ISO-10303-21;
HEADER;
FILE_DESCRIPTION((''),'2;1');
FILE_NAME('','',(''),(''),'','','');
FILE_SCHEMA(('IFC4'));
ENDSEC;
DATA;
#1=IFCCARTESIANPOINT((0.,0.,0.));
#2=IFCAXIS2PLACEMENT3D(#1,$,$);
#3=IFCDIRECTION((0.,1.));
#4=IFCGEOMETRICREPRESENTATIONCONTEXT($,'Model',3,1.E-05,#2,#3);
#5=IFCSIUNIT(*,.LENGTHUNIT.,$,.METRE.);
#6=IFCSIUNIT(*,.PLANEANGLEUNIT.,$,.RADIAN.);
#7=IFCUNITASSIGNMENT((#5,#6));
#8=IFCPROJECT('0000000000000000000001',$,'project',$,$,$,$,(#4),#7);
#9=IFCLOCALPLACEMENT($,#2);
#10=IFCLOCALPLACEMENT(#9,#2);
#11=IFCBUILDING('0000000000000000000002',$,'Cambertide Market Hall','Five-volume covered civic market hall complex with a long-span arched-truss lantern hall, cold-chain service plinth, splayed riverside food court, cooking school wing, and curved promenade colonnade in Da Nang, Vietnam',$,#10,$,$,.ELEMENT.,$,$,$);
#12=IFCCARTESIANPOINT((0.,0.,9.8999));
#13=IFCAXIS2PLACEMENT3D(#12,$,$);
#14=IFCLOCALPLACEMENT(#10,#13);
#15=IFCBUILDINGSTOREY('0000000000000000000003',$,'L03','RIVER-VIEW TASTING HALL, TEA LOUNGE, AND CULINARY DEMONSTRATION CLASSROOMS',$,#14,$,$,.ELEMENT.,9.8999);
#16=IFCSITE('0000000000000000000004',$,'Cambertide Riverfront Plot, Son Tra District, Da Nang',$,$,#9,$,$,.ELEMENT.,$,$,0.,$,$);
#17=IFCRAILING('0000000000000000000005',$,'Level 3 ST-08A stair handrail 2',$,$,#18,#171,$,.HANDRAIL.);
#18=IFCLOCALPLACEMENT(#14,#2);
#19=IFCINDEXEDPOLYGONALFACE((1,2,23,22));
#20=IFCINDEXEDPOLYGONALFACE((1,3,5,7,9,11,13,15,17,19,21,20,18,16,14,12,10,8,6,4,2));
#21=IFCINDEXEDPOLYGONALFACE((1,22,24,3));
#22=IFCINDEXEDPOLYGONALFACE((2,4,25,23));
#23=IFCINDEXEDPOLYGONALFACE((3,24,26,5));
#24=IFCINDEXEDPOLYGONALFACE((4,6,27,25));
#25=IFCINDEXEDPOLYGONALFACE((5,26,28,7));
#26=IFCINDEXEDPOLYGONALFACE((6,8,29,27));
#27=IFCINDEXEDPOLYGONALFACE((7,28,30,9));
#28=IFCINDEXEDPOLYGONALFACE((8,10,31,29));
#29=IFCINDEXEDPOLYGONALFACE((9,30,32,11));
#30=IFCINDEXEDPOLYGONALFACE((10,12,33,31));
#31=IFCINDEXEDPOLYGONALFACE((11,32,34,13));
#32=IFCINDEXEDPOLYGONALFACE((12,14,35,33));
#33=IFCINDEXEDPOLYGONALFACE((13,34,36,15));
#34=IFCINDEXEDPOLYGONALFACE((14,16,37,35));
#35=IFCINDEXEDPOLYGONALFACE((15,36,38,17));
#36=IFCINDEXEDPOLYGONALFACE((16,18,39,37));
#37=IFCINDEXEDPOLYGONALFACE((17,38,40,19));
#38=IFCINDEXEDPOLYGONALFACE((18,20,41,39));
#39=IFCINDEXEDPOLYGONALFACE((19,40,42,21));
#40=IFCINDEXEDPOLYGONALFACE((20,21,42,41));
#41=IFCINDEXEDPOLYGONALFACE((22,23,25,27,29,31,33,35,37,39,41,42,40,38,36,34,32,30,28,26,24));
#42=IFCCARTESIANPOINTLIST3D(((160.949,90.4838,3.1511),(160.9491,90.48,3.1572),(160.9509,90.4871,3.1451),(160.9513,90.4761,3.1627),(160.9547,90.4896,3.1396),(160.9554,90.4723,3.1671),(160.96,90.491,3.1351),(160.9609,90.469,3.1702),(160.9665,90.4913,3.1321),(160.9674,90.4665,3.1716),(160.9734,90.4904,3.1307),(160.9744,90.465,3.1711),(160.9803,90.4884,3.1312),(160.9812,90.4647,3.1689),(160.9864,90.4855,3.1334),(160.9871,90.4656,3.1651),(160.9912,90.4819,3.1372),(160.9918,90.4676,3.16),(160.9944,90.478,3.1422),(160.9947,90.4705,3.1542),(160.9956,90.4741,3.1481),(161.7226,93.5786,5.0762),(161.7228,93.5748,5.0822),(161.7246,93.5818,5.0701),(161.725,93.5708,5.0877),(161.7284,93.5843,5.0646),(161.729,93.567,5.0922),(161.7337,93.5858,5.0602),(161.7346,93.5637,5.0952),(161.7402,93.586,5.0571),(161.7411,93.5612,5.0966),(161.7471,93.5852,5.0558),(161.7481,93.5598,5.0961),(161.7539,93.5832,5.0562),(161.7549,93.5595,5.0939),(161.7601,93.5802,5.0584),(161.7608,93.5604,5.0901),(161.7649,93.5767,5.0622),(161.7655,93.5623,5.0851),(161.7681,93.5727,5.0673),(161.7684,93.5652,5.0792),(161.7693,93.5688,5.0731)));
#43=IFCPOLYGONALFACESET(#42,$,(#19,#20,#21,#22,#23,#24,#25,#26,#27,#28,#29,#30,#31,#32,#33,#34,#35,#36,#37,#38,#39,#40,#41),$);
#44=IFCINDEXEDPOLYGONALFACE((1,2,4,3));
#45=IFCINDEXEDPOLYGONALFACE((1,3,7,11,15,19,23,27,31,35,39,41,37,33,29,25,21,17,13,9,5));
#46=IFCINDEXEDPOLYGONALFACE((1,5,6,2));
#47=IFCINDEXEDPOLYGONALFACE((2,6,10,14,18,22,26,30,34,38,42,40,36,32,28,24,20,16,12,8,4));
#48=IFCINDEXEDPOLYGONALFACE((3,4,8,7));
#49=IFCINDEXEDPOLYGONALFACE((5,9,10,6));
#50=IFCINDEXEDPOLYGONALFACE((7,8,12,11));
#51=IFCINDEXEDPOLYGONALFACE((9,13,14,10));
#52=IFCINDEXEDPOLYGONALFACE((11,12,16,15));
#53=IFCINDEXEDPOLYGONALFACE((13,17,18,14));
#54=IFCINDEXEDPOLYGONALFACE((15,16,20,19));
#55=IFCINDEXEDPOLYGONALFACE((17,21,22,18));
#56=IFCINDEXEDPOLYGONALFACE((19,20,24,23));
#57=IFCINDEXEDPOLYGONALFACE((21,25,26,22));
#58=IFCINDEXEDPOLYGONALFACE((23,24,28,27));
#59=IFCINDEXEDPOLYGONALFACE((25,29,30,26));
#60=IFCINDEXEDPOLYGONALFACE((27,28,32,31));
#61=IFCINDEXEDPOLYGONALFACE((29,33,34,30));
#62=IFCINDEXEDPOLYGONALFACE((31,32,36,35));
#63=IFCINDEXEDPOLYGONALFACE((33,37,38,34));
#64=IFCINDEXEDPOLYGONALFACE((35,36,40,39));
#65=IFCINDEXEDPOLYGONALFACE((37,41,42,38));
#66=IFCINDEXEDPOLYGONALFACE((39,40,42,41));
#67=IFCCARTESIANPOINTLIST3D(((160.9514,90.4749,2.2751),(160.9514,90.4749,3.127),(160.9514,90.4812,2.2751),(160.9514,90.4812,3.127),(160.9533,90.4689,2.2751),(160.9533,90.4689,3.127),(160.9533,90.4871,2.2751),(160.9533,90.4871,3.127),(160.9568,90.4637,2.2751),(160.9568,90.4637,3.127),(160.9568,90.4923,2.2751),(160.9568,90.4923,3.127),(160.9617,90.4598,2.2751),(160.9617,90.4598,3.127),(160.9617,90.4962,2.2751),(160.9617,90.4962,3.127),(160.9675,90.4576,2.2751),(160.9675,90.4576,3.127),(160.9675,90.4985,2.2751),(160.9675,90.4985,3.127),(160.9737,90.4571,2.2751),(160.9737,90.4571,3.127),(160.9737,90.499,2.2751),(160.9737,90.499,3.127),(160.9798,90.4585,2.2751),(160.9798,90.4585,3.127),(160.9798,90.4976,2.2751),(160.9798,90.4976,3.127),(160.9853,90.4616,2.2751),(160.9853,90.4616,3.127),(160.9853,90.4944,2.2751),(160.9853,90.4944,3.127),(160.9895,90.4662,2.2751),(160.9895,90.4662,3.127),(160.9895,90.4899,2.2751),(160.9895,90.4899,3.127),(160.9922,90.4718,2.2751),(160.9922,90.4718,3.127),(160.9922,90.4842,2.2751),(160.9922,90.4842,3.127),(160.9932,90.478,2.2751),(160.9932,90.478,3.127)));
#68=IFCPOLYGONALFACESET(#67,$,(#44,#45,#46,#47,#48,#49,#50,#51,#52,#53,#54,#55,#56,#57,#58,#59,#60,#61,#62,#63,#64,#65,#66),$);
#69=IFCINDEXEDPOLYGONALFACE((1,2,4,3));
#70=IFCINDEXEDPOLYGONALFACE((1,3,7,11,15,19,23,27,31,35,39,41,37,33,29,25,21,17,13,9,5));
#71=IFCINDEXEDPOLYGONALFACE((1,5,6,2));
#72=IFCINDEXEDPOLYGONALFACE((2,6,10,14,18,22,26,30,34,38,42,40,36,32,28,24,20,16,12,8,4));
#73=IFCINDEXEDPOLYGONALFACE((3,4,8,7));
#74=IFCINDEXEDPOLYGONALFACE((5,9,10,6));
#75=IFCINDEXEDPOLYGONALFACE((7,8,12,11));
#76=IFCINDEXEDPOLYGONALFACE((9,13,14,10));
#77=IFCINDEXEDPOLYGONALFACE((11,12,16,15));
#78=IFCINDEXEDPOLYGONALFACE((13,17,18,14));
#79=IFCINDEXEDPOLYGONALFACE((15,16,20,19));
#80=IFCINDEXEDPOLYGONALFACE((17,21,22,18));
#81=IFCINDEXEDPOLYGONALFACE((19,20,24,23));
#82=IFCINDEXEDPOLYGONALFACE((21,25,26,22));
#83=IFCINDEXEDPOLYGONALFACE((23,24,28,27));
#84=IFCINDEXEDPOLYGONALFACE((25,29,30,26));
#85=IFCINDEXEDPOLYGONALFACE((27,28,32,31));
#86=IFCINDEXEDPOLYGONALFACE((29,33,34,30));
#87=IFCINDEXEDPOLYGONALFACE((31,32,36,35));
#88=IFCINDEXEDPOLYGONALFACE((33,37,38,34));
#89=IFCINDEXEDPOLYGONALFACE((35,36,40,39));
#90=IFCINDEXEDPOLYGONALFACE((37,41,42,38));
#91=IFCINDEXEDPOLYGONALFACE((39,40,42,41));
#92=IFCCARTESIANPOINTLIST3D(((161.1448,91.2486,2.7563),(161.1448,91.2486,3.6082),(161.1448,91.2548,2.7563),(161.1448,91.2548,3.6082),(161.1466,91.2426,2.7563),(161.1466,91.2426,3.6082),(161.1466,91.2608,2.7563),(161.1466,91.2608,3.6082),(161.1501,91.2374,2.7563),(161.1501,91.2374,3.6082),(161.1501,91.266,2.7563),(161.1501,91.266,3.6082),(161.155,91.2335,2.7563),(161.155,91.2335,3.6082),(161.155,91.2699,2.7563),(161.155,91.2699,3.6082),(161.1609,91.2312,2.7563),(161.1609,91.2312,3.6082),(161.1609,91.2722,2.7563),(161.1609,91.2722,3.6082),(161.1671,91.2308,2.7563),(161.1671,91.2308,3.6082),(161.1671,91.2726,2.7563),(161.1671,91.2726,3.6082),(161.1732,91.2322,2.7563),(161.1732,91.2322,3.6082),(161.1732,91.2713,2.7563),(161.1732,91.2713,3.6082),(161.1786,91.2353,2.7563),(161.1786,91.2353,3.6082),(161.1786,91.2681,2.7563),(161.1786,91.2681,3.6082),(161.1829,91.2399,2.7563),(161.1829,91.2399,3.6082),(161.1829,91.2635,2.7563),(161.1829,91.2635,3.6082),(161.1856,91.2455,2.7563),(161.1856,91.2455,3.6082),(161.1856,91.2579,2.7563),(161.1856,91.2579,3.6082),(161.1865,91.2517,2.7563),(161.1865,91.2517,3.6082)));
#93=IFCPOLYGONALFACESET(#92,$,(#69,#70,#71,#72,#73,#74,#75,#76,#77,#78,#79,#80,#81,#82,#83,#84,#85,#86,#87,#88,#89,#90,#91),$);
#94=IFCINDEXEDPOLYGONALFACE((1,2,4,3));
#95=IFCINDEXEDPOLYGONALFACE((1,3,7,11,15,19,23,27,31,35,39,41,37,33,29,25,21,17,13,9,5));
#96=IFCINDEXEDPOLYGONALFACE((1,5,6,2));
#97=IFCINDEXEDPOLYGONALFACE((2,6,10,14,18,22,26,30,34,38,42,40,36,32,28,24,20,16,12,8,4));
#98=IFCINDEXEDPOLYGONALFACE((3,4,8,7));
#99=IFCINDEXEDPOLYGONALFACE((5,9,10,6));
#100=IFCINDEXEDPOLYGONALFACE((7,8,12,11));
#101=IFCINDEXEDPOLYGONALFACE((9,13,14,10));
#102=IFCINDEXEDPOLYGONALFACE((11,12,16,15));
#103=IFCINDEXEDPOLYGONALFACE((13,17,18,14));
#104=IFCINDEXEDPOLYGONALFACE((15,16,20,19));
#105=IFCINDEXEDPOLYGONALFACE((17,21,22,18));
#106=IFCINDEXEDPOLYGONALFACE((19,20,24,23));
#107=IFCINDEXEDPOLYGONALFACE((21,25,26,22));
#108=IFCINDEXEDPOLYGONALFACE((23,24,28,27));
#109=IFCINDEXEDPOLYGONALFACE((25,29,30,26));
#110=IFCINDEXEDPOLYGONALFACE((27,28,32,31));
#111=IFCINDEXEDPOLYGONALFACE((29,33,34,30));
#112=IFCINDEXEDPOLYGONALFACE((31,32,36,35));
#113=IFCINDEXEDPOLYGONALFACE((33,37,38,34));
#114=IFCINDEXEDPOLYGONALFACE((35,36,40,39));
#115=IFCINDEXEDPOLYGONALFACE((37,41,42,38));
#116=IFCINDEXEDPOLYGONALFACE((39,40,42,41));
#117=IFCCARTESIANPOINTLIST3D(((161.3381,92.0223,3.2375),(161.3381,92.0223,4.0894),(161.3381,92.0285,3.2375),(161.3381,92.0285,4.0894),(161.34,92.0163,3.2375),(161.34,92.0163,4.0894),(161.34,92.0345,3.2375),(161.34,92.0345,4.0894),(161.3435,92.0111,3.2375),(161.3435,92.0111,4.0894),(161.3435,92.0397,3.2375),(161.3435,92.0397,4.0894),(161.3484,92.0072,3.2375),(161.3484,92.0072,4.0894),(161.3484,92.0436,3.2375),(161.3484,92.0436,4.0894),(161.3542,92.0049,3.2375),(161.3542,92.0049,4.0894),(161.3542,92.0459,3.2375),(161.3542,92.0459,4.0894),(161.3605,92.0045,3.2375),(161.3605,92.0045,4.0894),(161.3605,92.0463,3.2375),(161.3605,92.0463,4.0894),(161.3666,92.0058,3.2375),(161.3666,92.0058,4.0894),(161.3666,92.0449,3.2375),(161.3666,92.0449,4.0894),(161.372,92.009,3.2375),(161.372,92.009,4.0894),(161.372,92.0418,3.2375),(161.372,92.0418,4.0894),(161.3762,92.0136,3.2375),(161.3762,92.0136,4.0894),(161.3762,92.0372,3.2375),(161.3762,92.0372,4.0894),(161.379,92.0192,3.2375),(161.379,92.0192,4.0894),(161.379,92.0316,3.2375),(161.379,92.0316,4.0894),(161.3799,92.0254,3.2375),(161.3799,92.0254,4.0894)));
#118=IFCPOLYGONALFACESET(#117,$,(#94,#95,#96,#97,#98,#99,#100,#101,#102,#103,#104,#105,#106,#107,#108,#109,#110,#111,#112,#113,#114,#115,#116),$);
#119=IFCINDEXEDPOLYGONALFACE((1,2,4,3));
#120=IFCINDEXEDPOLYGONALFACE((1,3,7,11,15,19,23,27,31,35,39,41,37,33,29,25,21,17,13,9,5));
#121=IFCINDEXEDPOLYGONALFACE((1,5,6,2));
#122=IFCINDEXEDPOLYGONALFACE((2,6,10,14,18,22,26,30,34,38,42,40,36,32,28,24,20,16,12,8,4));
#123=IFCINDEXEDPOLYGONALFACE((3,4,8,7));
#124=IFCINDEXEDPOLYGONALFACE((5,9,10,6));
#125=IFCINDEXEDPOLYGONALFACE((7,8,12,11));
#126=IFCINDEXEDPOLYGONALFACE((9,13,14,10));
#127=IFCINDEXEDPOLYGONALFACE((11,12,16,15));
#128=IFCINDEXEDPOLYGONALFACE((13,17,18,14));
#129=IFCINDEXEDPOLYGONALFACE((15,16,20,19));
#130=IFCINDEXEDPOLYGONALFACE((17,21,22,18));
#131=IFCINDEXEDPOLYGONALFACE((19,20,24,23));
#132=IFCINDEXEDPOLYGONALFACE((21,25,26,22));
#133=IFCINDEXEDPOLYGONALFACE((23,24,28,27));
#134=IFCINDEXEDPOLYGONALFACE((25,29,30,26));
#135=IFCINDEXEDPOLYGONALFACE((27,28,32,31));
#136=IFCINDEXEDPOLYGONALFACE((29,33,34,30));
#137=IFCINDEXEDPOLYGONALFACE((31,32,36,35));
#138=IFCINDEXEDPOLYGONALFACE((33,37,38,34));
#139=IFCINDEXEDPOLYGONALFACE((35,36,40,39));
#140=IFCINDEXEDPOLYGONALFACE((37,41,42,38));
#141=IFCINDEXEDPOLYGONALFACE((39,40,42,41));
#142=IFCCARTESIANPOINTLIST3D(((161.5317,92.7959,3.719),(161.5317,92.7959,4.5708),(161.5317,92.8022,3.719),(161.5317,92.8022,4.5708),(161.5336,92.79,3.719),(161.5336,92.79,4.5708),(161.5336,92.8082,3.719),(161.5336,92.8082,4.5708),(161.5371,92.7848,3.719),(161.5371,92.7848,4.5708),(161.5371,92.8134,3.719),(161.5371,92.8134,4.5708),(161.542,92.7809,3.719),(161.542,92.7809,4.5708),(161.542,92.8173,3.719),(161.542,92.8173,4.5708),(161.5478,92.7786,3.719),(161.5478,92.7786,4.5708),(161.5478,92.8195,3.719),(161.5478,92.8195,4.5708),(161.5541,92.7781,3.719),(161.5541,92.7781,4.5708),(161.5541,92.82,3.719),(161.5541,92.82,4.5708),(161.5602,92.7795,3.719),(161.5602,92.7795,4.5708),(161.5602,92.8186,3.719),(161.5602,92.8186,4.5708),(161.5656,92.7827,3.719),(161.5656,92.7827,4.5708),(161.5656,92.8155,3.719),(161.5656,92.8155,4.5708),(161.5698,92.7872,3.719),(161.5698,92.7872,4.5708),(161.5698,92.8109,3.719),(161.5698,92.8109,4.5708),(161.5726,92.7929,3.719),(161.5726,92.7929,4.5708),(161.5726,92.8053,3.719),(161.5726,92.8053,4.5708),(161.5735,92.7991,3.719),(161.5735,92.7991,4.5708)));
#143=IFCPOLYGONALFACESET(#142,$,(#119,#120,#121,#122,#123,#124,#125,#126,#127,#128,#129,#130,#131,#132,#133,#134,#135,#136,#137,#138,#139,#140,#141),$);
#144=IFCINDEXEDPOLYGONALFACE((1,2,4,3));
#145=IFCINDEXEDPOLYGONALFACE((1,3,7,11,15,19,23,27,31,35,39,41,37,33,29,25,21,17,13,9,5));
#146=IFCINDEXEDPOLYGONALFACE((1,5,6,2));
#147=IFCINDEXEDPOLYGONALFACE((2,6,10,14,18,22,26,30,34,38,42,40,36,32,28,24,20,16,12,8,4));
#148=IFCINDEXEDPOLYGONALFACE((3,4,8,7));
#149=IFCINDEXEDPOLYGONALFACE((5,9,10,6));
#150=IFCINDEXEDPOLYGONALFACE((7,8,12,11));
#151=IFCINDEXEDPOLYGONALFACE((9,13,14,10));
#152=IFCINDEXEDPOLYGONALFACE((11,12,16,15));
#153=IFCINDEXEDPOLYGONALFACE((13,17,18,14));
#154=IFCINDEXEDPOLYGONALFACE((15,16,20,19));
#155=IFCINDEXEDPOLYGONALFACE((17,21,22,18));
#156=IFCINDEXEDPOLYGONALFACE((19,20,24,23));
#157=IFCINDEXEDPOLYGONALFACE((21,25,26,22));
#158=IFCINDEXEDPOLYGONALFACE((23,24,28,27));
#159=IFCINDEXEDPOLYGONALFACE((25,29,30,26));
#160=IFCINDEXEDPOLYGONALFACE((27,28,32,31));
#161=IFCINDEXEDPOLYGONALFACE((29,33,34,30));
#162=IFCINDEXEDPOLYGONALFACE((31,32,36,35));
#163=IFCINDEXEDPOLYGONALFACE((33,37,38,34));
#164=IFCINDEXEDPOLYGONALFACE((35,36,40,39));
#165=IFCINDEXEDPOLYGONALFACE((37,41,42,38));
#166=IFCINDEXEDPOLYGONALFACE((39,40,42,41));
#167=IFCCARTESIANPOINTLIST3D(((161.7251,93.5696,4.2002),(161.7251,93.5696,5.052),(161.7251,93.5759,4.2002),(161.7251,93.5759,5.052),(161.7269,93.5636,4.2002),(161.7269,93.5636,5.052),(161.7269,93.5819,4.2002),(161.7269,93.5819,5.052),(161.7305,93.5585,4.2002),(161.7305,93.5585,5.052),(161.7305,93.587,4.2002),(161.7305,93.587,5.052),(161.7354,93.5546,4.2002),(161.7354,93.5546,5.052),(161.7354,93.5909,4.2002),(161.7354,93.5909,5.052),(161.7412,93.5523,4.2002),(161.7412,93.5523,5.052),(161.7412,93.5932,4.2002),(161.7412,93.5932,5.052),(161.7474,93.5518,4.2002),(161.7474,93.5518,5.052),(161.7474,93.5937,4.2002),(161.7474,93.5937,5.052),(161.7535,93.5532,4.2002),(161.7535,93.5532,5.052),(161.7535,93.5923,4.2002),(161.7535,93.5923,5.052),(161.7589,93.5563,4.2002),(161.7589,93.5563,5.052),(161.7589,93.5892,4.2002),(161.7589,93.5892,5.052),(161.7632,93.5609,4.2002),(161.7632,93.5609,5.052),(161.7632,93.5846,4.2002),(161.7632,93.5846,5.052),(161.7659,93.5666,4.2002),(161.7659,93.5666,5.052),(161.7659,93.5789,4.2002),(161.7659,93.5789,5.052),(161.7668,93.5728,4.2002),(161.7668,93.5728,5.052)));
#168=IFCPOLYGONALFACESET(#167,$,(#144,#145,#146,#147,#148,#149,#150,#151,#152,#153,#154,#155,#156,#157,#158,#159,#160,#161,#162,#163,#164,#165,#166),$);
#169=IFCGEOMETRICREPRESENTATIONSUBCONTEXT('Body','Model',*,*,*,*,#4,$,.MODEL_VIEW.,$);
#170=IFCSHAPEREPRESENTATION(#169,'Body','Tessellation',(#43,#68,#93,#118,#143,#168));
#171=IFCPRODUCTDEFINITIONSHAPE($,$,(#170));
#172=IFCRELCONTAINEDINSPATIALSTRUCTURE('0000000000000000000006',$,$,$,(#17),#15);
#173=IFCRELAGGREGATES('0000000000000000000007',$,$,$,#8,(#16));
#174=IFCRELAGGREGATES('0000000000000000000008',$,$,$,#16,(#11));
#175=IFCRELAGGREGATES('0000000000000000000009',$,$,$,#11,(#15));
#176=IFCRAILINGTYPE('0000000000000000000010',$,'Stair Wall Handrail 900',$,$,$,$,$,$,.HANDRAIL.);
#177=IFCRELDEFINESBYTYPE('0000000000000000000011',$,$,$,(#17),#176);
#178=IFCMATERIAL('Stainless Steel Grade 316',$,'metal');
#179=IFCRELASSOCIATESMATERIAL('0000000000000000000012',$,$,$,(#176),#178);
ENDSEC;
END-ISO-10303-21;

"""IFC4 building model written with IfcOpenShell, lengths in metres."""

from ifc_helpers import new_model, si_unit, direction, frame, origin, origin_2d, place, context, subcontext, project, spatial, circle, extrude, material, type_object, element, save


model = new_model("IFC4")

# Units and contexts
model_context = context("Model", 3, precision=1e-05, world=origin(), true_north=direction((0.0, 1.0)))
body_context = subcontext(model_context, "Body", "Model", "MODEL_VIEW")
ifc_project = project(units=[si_unit("LENGTHUNIT", "METRE"), si_unit("PLANEANGLEUNIT", "RADIAN")], contexts=[model_context])

# Site, building, storey
site_placement = place(None, origin())
site = spatial("IfcSite", under=ifc_project, at=site_placement, Name="Cambertide Riverfront Plot, Son Tra District, Da Nang", CompositionType="ELEMENT", RefElevation=0.0)
building_placement = place(site_placement, origin())
building = spatial("IfcBuilding", under=site, at=building_placement, Name="Cambertide Market Hall", Description="Five-volume covered civic market hall complex with a long-span arched-truss lantern hall, cold-chain service plinth, splayed riverside food court, cooking school wing, and curved promenade colonnade in Da Nang, Vietnam", CompositionType="ELEMENT")
storey_placement = place(building_placement, frame((0.0, 0.0, 9.8999)))
storey = spatial("IfcBuildingStorey", under=building, at=storey_placement, Name="L03", Description="RIVER-VIEW TASTING HALL, TEA LOUNGE, AND CULINARY DEMONSTRATION CLASSROOMS", CompositionType="ELEMENT", Elevation=9.8999)

# Railing
ifc_material_1 = material(Name="Stainless Steel Grade 316", Category="metal")
railing_type_1 = type_object("IfcRailingType", Name="Stair Wall Handrail 900", PredefinedType="HANDRAIL", material=ifc_material_1)
railing_1_placement = place(storey_placement, frame((160.9722, 90.478, 2.2751)))
element("IfcRailing", 1, at=railing_1_placement, inside=storey, type_object=railing_type_1, Name="Level 3 ST-08A stair handrail 2", PredefinedType="HANDRAIL", context=body_context, shape_type="SweptSolid", body=[
    extrude(circle(Radius=0.0239, at=origin_2d()), frame((0.0, 0.0, 0.876), z_axis=(0.207654, 0.830616, 0.516678), x_axis=(-0.970143, 0.242536, 0.0)), (0.0, 0.0, 1.0), 3.7258),
    extrude(circle(Radius=0.021, at=origin_2d()), origin(), (0.0, 0.0, 1.0), 0.8518),
    extrude(circle(Radius=0.021, at=origin_2d()), frame((0.1934, 0.7737, 0.4812)), (0.0, 0.0, 1.0), 0.8518),
    extrude(circle(Radius=0.021, at=origin_2d()), frame((0.3867, 1.5474, 0.9624)), (0.0, 0.0, 1.0), 0.8518),
    extrude(circle(Radius=0.021, at=origin_2d()), frame((0.5803, 2.321, 1.4438)), (0.0, 0.0, 1.0), 0.8518),
    extrude(circle(Radius=0.021, at=origin_2d()), frame((0.7737, 3.0947, 1.925)), (0.0, 0.0, 1.0), 0.8518),
])

save(model, "model.ifc")
